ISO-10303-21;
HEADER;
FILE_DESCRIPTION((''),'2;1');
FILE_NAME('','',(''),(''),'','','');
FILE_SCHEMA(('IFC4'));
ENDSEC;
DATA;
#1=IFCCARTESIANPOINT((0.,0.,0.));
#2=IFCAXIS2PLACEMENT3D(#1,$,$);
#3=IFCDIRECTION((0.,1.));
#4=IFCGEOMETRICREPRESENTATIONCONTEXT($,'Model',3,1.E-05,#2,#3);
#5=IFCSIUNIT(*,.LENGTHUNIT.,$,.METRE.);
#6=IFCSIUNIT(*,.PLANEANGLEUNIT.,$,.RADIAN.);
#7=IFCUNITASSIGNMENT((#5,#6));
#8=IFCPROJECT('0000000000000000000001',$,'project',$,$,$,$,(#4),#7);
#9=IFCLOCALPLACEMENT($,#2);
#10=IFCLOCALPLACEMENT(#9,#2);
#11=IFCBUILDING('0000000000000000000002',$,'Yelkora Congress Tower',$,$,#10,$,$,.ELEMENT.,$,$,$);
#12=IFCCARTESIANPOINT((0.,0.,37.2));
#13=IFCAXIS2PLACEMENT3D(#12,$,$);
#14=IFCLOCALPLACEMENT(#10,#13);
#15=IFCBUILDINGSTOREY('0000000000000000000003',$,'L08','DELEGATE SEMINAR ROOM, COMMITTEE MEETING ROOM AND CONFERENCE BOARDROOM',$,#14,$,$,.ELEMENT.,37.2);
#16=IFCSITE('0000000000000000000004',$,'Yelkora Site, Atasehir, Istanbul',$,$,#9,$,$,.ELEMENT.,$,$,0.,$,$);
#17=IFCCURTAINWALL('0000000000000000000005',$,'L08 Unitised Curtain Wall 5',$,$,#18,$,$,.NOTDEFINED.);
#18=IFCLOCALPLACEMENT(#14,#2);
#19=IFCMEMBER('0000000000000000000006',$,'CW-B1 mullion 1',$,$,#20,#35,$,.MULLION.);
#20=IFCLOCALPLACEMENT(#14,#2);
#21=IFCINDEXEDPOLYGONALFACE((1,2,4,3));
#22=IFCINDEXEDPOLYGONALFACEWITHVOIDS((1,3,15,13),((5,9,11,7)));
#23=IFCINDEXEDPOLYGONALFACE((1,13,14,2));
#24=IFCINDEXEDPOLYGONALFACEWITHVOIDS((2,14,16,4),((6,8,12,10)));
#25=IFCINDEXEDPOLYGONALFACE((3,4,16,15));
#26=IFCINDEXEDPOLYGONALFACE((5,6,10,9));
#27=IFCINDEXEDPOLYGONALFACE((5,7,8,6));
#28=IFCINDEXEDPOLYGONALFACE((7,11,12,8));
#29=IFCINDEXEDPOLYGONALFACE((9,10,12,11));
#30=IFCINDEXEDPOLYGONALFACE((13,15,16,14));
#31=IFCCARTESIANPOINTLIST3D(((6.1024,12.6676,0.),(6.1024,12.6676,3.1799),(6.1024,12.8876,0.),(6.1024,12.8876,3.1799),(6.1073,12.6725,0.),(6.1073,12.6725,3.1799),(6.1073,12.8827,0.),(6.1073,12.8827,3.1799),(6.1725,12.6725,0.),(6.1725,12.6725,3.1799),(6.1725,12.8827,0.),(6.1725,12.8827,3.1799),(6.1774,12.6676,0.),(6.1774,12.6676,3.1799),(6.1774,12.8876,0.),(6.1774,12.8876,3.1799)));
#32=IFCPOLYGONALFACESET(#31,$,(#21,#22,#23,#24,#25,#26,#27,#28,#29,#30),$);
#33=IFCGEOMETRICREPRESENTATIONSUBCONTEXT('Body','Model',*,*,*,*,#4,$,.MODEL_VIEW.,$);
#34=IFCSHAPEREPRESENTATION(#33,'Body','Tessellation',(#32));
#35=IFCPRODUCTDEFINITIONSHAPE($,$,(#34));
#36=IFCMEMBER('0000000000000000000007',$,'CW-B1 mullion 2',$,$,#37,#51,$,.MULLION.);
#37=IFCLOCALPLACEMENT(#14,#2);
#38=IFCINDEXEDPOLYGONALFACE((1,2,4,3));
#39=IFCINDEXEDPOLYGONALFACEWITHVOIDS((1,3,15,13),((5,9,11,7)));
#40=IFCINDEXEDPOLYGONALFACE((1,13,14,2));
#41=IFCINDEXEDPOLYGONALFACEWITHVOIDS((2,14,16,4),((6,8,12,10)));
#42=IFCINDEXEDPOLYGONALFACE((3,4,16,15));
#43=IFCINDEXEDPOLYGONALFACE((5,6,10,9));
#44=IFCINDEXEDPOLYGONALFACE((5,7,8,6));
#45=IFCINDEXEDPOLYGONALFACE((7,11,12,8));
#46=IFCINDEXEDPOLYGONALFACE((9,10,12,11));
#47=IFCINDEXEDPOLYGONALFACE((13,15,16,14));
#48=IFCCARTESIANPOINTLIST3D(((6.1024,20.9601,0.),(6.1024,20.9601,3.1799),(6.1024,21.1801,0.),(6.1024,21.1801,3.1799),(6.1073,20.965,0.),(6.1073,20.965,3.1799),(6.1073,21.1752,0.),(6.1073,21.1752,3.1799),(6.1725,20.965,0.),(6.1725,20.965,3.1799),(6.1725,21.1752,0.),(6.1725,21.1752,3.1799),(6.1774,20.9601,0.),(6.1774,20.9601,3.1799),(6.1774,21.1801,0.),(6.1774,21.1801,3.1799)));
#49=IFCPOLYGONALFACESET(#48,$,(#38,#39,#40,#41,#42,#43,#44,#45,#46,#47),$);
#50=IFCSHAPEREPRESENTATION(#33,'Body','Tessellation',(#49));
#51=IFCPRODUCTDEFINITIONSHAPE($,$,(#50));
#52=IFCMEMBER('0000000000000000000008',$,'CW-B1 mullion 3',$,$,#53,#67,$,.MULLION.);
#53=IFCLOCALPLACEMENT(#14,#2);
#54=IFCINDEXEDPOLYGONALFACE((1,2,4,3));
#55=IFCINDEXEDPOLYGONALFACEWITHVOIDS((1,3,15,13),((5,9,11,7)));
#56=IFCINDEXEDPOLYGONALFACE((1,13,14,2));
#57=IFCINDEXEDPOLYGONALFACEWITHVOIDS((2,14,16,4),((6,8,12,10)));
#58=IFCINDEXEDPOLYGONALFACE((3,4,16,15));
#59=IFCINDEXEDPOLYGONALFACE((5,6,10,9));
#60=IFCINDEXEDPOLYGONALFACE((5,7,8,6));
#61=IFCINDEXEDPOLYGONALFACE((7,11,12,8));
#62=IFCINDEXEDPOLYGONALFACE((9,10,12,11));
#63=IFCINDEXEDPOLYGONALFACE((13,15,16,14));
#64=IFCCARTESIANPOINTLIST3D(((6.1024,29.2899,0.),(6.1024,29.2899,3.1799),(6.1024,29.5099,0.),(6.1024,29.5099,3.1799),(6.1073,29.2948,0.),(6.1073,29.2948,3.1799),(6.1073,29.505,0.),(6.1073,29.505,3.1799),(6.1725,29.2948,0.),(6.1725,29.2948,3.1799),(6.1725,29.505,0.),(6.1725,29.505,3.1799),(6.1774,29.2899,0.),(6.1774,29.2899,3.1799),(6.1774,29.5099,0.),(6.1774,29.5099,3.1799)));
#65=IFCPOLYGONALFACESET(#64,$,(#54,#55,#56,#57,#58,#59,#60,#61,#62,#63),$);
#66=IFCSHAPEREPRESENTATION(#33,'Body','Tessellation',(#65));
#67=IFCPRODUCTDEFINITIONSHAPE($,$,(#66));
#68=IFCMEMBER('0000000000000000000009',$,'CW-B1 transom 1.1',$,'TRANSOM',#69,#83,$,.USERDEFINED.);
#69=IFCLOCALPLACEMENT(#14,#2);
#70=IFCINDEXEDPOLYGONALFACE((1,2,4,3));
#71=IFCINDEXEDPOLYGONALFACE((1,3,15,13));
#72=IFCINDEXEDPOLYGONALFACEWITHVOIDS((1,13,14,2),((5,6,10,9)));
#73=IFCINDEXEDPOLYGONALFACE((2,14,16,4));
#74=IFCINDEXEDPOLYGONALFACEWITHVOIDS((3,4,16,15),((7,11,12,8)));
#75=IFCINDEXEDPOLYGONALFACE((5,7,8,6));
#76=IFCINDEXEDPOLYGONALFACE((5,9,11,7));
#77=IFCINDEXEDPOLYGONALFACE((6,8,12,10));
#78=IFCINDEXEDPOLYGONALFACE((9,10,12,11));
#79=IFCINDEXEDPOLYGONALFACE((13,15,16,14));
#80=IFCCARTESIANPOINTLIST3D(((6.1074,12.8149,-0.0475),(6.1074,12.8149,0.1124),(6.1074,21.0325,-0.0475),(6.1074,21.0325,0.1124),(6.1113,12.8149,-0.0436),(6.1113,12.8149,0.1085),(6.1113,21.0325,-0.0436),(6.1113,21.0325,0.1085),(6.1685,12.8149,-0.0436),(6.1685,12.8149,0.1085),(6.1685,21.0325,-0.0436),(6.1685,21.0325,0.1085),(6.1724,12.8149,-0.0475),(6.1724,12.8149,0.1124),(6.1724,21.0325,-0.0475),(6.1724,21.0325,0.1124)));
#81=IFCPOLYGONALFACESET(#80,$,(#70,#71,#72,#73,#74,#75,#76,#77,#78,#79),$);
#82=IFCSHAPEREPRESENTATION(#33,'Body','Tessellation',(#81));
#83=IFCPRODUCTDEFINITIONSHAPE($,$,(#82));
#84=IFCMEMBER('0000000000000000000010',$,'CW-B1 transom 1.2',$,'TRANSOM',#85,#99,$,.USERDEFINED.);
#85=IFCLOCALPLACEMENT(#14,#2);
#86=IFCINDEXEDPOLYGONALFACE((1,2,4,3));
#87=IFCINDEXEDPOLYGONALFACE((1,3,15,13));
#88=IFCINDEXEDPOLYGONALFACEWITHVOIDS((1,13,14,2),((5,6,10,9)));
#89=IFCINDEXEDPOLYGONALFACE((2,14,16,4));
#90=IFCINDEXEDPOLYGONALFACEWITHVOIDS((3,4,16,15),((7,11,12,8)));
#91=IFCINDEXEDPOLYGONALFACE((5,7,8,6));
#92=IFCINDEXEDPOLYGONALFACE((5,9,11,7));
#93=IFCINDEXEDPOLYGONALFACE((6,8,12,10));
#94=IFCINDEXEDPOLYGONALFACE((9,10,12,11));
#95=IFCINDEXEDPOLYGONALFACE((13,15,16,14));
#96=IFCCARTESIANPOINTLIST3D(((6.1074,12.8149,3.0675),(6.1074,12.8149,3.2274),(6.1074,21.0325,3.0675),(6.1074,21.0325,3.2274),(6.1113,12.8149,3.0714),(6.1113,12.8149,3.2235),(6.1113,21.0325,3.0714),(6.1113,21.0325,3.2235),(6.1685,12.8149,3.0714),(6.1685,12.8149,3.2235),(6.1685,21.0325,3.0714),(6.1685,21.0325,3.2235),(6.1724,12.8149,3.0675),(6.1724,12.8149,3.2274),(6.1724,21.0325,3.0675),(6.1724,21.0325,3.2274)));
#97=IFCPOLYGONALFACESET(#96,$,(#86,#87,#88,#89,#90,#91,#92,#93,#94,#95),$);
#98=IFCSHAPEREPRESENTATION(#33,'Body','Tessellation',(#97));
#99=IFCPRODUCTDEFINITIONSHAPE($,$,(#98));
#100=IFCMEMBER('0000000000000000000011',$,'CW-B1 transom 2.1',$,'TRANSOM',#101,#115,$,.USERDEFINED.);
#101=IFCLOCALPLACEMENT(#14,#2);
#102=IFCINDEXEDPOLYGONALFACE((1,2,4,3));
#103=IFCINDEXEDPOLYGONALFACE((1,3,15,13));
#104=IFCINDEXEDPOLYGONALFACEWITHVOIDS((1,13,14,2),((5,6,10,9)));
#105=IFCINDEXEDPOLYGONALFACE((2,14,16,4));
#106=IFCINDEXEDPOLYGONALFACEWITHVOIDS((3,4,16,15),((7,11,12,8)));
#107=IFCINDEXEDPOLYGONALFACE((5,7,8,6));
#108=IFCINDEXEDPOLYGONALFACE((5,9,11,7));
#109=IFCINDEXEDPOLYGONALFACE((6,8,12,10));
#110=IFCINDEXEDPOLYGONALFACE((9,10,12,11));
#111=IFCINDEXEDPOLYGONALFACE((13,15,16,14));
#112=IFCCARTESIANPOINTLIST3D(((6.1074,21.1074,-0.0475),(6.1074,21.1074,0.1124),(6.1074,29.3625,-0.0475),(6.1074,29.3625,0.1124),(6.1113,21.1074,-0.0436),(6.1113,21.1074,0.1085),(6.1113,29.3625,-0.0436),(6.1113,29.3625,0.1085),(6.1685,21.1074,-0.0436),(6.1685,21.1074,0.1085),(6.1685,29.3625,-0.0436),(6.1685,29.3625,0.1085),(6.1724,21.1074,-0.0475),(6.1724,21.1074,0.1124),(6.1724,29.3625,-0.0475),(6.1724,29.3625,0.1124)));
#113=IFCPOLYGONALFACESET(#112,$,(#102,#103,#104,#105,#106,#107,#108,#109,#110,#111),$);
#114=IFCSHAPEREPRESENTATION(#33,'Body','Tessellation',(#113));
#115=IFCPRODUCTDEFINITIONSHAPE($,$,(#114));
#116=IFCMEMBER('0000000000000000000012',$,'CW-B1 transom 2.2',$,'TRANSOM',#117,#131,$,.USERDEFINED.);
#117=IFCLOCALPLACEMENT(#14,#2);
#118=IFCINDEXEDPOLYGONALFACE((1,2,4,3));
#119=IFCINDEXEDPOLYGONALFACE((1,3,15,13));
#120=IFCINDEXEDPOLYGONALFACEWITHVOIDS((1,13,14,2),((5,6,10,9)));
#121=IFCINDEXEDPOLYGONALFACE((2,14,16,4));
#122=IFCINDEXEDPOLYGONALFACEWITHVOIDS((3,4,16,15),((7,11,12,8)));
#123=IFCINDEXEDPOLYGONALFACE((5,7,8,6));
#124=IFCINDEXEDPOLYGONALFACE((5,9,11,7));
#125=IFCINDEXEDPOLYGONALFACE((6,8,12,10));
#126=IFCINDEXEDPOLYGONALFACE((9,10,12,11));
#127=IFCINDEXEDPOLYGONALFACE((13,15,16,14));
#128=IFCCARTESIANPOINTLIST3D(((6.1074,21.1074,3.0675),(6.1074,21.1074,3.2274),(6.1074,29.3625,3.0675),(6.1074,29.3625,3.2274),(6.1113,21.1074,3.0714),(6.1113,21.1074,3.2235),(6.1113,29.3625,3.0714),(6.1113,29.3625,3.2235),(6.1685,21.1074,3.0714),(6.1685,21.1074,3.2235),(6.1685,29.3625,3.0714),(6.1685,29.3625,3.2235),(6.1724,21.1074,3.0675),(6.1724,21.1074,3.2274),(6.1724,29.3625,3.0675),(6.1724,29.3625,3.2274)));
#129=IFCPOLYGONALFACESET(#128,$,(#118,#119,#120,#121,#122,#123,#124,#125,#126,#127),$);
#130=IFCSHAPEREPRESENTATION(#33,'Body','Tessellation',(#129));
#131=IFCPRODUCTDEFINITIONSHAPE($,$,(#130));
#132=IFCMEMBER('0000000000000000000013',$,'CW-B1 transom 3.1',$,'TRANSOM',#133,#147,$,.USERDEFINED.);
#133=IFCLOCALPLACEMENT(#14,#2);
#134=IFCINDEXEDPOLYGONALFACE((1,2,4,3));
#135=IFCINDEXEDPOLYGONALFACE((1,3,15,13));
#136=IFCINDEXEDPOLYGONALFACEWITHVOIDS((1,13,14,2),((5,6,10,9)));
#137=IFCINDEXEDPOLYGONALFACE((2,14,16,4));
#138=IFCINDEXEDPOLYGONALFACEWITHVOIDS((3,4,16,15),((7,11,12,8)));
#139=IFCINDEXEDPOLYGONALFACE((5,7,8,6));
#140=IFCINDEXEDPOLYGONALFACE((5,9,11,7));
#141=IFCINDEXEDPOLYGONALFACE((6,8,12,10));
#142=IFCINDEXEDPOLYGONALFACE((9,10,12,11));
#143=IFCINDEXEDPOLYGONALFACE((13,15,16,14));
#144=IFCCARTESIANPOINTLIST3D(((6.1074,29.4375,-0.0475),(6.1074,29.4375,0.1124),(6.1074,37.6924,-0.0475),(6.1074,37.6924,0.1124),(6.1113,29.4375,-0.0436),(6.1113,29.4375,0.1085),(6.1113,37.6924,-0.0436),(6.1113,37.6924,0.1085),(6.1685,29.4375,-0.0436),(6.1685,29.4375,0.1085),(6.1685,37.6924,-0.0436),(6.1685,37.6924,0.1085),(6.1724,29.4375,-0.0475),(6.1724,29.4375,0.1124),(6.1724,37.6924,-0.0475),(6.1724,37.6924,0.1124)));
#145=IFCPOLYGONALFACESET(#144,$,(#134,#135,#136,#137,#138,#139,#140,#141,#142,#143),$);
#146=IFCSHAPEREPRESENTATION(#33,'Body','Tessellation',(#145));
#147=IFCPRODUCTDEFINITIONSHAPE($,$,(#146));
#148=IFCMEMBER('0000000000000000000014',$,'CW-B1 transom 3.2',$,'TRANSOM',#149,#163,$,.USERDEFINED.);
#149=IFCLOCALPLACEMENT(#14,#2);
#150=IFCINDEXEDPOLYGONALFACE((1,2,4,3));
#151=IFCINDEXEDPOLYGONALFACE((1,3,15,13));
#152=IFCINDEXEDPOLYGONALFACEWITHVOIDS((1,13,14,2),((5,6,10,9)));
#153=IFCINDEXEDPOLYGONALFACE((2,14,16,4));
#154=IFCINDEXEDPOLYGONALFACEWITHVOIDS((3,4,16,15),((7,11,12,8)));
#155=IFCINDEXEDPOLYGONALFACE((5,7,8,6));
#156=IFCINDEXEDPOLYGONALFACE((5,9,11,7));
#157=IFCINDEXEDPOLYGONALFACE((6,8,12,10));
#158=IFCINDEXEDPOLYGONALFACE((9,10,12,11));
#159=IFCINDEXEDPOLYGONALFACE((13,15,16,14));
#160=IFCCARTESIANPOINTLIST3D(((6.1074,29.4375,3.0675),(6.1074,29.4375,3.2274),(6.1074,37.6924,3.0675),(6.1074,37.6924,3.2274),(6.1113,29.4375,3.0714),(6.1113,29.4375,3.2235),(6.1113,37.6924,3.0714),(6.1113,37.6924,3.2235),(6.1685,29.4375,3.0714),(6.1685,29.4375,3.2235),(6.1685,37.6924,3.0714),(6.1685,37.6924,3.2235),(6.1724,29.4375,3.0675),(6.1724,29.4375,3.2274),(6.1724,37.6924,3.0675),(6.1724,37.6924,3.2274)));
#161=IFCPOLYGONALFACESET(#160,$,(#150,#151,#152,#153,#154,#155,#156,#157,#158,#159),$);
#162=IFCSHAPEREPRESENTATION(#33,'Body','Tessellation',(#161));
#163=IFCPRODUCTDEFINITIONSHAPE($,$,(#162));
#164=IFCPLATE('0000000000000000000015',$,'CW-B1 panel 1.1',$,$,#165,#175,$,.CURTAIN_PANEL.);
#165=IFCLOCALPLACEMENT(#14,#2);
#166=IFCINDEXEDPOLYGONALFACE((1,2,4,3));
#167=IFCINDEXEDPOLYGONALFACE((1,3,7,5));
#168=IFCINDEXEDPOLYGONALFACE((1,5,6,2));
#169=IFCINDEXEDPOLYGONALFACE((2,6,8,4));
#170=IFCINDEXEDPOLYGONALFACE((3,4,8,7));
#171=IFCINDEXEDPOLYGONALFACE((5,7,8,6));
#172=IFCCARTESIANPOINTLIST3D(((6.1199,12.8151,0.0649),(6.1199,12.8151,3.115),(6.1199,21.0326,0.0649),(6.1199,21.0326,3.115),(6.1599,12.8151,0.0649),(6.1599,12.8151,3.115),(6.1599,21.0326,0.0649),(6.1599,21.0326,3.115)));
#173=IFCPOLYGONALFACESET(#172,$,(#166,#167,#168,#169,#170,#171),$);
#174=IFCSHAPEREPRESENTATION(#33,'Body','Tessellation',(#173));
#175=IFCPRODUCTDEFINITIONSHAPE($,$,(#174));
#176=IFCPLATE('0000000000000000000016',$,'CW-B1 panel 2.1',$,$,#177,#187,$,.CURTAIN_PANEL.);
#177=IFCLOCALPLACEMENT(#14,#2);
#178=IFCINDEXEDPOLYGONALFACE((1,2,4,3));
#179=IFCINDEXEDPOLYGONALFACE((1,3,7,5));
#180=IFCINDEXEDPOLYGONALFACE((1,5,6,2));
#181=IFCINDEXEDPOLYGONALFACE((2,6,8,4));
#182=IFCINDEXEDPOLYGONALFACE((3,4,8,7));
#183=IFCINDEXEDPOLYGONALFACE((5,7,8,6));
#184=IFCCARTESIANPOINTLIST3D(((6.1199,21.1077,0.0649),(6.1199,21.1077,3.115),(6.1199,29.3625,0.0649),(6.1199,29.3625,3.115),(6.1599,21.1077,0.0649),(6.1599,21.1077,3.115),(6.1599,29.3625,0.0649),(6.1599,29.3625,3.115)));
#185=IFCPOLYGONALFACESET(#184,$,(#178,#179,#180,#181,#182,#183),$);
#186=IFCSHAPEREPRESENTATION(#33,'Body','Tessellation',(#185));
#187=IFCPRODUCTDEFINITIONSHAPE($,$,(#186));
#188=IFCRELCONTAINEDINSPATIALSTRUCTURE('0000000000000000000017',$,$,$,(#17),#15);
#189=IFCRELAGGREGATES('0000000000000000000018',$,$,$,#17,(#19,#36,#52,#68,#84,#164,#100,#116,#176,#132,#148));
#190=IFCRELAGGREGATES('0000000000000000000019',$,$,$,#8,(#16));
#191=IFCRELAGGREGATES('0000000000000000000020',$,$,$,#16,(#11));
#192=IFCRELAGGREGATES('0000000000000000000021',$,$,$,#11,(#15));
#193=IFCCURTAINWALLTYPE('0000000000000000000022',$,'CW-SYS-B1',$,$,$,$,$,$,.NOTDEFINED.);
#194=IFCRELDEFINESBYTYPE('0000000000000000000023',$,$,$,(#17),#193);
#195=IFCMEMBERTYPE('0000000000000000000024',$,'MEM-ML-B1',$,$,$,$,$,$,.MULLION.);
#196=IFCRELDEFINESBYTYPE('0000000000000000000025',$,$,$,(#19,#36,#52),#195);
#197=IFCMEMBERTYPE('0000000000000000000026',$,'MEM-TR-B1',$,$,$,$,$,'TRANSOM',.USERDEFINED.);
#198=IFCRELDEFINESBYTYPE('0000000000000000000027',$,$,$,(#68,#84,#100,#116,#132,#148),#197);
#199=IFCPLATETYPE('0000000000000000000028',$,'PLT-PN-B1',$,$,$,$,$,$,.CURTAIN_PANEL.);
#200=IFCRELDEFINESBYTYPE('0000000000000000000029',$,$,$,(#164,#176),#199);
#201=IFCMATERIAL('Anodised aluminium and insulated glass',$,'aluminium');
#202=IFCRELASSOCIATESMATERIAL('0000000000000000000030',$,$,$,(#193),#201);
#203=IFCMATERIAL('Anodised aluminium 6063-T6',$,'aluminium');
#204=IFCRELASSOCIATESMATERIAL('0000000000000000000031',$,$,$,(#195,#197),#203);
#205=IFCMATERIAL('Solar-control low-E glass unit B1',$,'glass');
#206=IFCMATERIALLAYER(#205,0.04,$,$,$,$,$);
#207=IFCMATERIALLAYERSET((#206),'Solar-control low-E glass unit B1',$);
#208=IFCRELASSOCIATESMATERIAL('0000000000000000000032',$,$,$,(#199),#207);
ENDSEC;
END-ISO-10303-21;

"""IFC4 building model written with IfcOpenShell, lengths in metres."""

from ifc_helpers import new_model, si_unit, direction, frame, origin, origin_2d, place, context, subcontext, project, spatial, rectangle, hollow_rectangle, extrude, material, layer, layer_set, material_profile, profile_set, type_object, element, aggregate, save


model = new_model("IFC4")

# Units and contexts
model_context = context("Model", 3, precision=1e-05, world=origin(), true_north=direction((0.0, 1.0)))
body_context = subcontext(model_context, "Body", "Model", "MODEL_VIEW")
ifc_project = project(units=[si_unit("LENGTHUNIT", "METRE"), si_unit("PLANEANGLEUNIT", "RADIAN")], contexts=[model_context])

# Site, building, storey
site_placement = place(None, origin())
site = spatial("IfcSite", under=ifc_project, at=site_placement, Name="Yelkora Site, Atasehir, Istanbul", CompositionType="ELEMENT", RefElevation=0.0)
building_placement = place(site_placement, origin())
building = spatial("IfcBuilding", under=site, at=building_placement, Name="Yelkora Congress Tower", CompositionType="ELEMENT")
storey_placement = place(building_placement, frame((0.0, 0.0, 37.2)))
storey = spatial("IfcBuildingStorey", under=building, at=storey_placement, Name="L08", Description="DELEGATE SEMINAR ROOM, COMMITTEE MEETING ROOM AND CONFERENCE BOARDROOM", CompositionType="ELEMENT", Elevation=37.2)

# Curtain wall, members, plates
ifc_material_1 = material(Name="Anodised aluminium and insulated glass", Category="aluminium")
curtain_wall_type = type_object("IfcCurtainWallType", Name="CW-SYS-B1", PredefinedType="NOTDEFINED", material=ifc_material_1)
curtain_wall_placement = place(storey_placement, origin())
curtain_wall = element("IfcCurtainWall", 1, at=curtain_wall_placement, inside=storey, type_object=curtain_wall_type, Name="L08 Unitised Curtain Wall 5", PredefinedType="NOTDEFINED")
ifc_material_2 = material(Name="Anodised aluminium 6063-T6", Category="aluminium")
ifc_material_profile_1 = material_profile(ifc_material_2, hollow_rectangle(XDim=0.075, YDim=0.22, WallThickness=0.0049, at=origin_2d()), Name="ALU 75x220x5")
ifc_profile_set_1 = profile_set([ifc_material_profile_1], Name="Anodised aluminium 6063-T6")
member_type_1 = type_object("IfcMemberType", Name="MEM-ML-B1", PredefinedType="MULLION", material=ifc_profile_set_1)
member_1_placement = place(storey_placement, frame((6.1399, 12.7776, 0.0), z_axis=(0.0, 0.0, 1.0), x_axis=(-1.0, 0.0, 0.0)))
member_1 = element("IfcMember", 2, at=member_1_placement, type_object=member_type_1, Name="CW-B1 mullion 1", PredefinedType="MULLION", context=body_context, shape_type="SweptSolid", body=[
    extrude(hollow_rectangle(XDim=0.075, YDim=0.22, WallThickness=0.0049, at=origin_2d()), origin(), (0.0, 0.0, 1.0), 3.1799),
])
member_2_placement = place(storey_placement, frame((6.1399, 21.0701, 0.0), z_axis=(0.0, 0.0, 1.0), x_axis=(-1.0, 0.0, 0.0)))
member_2 = element("IfcMember", 3, at=member_2_placement, type_object=member_type_1, Name="CW-B1 mullion 2", PredefinedType="MULLION", context=body_context, shape_type="SweptSolid", body=[
    extrude(hollow_rectangle(XDim=0.075, YDim=0.22, WallThickness=0.0049, at=origin_2d()), origin(), (0.0, 0.0, 1.0), 3.1799),
])
member_3_placement = place(storey_placement, frame((6.1399, 29.3999, 0.0), z_axis=(0.0, 0.0, 1.0), x_axis=(-1.0, 0.0, 0.0)))
member_3 = element("IfcMember", 4, at=member_3_placement, type_object=member_type_1, Name="CW-B1 mullion 3", PredefinedType="MULLION", context=body_context, shape_type="SweptSolid", body=[
    extrude(hollow_rectangle(XDim=0.075, YDim=0.22, WallThickness=0.0049, at=origin_2d()), origin(), (0.0, 0.0, 1.0), 3.1799),
])
ifc_material_profile_2 = material_profile(ifc_material_2, hollow_rectangle(XDim=0.0649, YDim=0.1599, WallThickness=0.0039, at=origin_2d()), Name="ALU 65x160x4")
ifc_profile_set_2 = profile_set([ifc_material_profile_2], Name="Anodised aluminium 6063-T6")
member_type_2 = type_object("IfcMemberType", Name="MEM-TR-B1", ElementType="TRANSOM", PredefinedType="USERDEFINED", material=ifc_profile_set_2)
member_4_placement = place(storey_placement, frame((6.1399, 12.8149, 0.0325), z_axis=(0.0, 1.0, 0.0), x_axis=(-1.0, 0.0, 0.0)))
member_4 = element("IfcMember", 5, at=member_4_placement, type_object=member_type_2, Name="CW-B1 transom 1.1", ObjectType="TRANSOM", PredefinedType="USERDEFINED", context=body_context, shape_type="SweptSolid", body=[
    extrude(hollow_rectangle(XDim=0.0649, YDim=0.1599, WallThickness=0.0039, at=origin_2d()), origin(), (0.0, 0.0, 1.0), 8.2175),
])
member_5_placement = place(storey_placement, frame((6.1399, 12.8149, 3.1475), z_axis=(0.0, 1.0, 0.0), x_axis=(-1.0, 0.0, 0.0)))
member_5 = element("IfcMember", 6, at=member_5_placement, type_object=member_type_2, Name="CW-B1 transom 1.2", ObjectType="TRANSOM", PredefinedType="USERDEFINED", context=body_context, shape_type="SweptSolid", body=[
    extrude(hollow_rectangle(XDim=0.0649, YDim=0.1599, WallThickness=0.0039, at=origin_2d()), origin(), (0.0, 0.0, 1.0), 8.2175),
])
member_6_placement = place(storey_placement, frame((6.1399, 21.1074, 0.0325), z_axis=(0.0, 1.0, 0.0), x_axis=(-1.0, 0.0, 0.0)))
member_6 = element("IfcMember", 7, at=member_6_placement, type_object=member_type_2, Name="CW-B1 transom 2.1", ObjectType="TRANSOM", PredefinedType="USERDEFINED", context=body_context, shape_type="SweptSolid", body=[
    extrude(hollow_rectangle(XDim=0.0649, YDim=0.1599, WallThickness=0.0039, at=origin_2d()), origin(), (0.0, 0.0, 1.0), 8.2551),
])
member_7_placement = place(storey_placement, frame((6.1399, 21.1074, 3.1475), z_axis=(0.0, 1.0, 0.0), x_axis=(-1.0, 0.0, 0.0)))
member_7 = element("IfcMember", 8, at=member_7_placement, type_object=member_type_2, Name="CW-B1 transom 2.2", ObjectType="TRANSOM", PredefinedType="USERDEFINED", context=body_context, shape_type="SweptSolid", body=[
    extrude(hollow_rectangle(XDim=0.0649, YDim=0.1599, WallThickness=0.0039, at=origin_2d()), origin(), (0.0, 0.0, 1.0), 8.2551),
])
member_8_placement = place(storey_placement, frame((6.1399, 29.4375, 0.0325), z_axis=(0.0, 1.0, 0.0), x_axis=(-1.0, 0.0, 0.0)))
member_8 = element("IfcMember", 9, at=member_8_placement, type_object=member_type_2, Name="CW-B1 transom 3.1", ObjectType="TRANSOM", PredefinedType="USERDEFINED", context=body_context, shape_type="SweptSolid", body=[
    extrude(hollow_rectangle(XDim=0.0649, YDim=0.1599, WallThickness=0.0039, at=origin_2d()), origin(), (0.0, 0.0, 1.0), 8.2549),
])
member_9_placement = place(storey_placement, frame((6.1399, 29.4375, 3.1475), z_axis=(0.0, 1.0, 0.0), x_axis=(-1.0, 0.0, 0.0)))
member_9 = element("IfcMember", 10, at=member_9_placement, type_object=member_type_2, Name="CW-B1 transom 3.2", ObjectType="TRANSOM", PredefinedType="USERDEFINED", context=body_context, shape_type="SweptSolid", body=[
    extrude(hollow_rectangle(XDim=0.0649, YDim=0.1599, WallThickness=0.0039, at=origin_2d()), origin(), (0.0, 0.0, 1.0), 8.2549),
])
ifc_material_3 = material(Name="Solar-control low-E glass unit B1", Category="glass")
ifc_layer_1 = layer(ifc_material_3, 0.04)
ifc_layer_set_1 = layer_set([ifc_layer_1], Name="Solar-control low-E glass unit B1")
plate_type = type_object("IfcPlateType", Name="PLT-PN-B1", PredefinedType="CURTAIN_PANEL", material=ifc_layer_set_1)
plate_1_placement = place(storey_placement, frame((6.1399, 16.9238, 0.0649), z_axis=(0.0, 0.0, 1.0), x_axis=(0.0, 1.0, 0.0)))
plate_1 = element("IfcPlate", 11, at=plate_1_placement, type_object=plate_type, Name="CW-B1 panel 1.1", PredefinedType="CURTAIN_PANEL", context=body_context, shape_type="SweptSolid", body=[
    extrude(rectangle(XDim=8.2175, YDim=0.04, at=origin_2d()), origin(), (0.0, 0.0, 1.0), 3.05),
])
plate_2_placement = place(storey_placement, frame((6.1399, 25.2351, 0.0649), z_axis=(0.0, 0.0, 1.0), x_axis=(0.0, 1.0, 0.0)))
plate_2 = element("IfcPlate", 12, at=plate_2_placement, type_object=plate_type, Name="CW-B1 panel 2.1", PredefinedType="CURTAIN_PANEL", context=body_context, shape_type="SweptSolid", body=[
    extrude(rectangle(XDim=8.2549, YDim=0.04, at=origin_2d()), origin(), (0.0, 0.0, 1.0), 3.05),
])
aggregate(curtain_wall, [member_1, member_2, member_3, member_4, member_5, plate_1, member_6, member_7, plate_2, member_8, member_9])

save(model, "model.ifc")
